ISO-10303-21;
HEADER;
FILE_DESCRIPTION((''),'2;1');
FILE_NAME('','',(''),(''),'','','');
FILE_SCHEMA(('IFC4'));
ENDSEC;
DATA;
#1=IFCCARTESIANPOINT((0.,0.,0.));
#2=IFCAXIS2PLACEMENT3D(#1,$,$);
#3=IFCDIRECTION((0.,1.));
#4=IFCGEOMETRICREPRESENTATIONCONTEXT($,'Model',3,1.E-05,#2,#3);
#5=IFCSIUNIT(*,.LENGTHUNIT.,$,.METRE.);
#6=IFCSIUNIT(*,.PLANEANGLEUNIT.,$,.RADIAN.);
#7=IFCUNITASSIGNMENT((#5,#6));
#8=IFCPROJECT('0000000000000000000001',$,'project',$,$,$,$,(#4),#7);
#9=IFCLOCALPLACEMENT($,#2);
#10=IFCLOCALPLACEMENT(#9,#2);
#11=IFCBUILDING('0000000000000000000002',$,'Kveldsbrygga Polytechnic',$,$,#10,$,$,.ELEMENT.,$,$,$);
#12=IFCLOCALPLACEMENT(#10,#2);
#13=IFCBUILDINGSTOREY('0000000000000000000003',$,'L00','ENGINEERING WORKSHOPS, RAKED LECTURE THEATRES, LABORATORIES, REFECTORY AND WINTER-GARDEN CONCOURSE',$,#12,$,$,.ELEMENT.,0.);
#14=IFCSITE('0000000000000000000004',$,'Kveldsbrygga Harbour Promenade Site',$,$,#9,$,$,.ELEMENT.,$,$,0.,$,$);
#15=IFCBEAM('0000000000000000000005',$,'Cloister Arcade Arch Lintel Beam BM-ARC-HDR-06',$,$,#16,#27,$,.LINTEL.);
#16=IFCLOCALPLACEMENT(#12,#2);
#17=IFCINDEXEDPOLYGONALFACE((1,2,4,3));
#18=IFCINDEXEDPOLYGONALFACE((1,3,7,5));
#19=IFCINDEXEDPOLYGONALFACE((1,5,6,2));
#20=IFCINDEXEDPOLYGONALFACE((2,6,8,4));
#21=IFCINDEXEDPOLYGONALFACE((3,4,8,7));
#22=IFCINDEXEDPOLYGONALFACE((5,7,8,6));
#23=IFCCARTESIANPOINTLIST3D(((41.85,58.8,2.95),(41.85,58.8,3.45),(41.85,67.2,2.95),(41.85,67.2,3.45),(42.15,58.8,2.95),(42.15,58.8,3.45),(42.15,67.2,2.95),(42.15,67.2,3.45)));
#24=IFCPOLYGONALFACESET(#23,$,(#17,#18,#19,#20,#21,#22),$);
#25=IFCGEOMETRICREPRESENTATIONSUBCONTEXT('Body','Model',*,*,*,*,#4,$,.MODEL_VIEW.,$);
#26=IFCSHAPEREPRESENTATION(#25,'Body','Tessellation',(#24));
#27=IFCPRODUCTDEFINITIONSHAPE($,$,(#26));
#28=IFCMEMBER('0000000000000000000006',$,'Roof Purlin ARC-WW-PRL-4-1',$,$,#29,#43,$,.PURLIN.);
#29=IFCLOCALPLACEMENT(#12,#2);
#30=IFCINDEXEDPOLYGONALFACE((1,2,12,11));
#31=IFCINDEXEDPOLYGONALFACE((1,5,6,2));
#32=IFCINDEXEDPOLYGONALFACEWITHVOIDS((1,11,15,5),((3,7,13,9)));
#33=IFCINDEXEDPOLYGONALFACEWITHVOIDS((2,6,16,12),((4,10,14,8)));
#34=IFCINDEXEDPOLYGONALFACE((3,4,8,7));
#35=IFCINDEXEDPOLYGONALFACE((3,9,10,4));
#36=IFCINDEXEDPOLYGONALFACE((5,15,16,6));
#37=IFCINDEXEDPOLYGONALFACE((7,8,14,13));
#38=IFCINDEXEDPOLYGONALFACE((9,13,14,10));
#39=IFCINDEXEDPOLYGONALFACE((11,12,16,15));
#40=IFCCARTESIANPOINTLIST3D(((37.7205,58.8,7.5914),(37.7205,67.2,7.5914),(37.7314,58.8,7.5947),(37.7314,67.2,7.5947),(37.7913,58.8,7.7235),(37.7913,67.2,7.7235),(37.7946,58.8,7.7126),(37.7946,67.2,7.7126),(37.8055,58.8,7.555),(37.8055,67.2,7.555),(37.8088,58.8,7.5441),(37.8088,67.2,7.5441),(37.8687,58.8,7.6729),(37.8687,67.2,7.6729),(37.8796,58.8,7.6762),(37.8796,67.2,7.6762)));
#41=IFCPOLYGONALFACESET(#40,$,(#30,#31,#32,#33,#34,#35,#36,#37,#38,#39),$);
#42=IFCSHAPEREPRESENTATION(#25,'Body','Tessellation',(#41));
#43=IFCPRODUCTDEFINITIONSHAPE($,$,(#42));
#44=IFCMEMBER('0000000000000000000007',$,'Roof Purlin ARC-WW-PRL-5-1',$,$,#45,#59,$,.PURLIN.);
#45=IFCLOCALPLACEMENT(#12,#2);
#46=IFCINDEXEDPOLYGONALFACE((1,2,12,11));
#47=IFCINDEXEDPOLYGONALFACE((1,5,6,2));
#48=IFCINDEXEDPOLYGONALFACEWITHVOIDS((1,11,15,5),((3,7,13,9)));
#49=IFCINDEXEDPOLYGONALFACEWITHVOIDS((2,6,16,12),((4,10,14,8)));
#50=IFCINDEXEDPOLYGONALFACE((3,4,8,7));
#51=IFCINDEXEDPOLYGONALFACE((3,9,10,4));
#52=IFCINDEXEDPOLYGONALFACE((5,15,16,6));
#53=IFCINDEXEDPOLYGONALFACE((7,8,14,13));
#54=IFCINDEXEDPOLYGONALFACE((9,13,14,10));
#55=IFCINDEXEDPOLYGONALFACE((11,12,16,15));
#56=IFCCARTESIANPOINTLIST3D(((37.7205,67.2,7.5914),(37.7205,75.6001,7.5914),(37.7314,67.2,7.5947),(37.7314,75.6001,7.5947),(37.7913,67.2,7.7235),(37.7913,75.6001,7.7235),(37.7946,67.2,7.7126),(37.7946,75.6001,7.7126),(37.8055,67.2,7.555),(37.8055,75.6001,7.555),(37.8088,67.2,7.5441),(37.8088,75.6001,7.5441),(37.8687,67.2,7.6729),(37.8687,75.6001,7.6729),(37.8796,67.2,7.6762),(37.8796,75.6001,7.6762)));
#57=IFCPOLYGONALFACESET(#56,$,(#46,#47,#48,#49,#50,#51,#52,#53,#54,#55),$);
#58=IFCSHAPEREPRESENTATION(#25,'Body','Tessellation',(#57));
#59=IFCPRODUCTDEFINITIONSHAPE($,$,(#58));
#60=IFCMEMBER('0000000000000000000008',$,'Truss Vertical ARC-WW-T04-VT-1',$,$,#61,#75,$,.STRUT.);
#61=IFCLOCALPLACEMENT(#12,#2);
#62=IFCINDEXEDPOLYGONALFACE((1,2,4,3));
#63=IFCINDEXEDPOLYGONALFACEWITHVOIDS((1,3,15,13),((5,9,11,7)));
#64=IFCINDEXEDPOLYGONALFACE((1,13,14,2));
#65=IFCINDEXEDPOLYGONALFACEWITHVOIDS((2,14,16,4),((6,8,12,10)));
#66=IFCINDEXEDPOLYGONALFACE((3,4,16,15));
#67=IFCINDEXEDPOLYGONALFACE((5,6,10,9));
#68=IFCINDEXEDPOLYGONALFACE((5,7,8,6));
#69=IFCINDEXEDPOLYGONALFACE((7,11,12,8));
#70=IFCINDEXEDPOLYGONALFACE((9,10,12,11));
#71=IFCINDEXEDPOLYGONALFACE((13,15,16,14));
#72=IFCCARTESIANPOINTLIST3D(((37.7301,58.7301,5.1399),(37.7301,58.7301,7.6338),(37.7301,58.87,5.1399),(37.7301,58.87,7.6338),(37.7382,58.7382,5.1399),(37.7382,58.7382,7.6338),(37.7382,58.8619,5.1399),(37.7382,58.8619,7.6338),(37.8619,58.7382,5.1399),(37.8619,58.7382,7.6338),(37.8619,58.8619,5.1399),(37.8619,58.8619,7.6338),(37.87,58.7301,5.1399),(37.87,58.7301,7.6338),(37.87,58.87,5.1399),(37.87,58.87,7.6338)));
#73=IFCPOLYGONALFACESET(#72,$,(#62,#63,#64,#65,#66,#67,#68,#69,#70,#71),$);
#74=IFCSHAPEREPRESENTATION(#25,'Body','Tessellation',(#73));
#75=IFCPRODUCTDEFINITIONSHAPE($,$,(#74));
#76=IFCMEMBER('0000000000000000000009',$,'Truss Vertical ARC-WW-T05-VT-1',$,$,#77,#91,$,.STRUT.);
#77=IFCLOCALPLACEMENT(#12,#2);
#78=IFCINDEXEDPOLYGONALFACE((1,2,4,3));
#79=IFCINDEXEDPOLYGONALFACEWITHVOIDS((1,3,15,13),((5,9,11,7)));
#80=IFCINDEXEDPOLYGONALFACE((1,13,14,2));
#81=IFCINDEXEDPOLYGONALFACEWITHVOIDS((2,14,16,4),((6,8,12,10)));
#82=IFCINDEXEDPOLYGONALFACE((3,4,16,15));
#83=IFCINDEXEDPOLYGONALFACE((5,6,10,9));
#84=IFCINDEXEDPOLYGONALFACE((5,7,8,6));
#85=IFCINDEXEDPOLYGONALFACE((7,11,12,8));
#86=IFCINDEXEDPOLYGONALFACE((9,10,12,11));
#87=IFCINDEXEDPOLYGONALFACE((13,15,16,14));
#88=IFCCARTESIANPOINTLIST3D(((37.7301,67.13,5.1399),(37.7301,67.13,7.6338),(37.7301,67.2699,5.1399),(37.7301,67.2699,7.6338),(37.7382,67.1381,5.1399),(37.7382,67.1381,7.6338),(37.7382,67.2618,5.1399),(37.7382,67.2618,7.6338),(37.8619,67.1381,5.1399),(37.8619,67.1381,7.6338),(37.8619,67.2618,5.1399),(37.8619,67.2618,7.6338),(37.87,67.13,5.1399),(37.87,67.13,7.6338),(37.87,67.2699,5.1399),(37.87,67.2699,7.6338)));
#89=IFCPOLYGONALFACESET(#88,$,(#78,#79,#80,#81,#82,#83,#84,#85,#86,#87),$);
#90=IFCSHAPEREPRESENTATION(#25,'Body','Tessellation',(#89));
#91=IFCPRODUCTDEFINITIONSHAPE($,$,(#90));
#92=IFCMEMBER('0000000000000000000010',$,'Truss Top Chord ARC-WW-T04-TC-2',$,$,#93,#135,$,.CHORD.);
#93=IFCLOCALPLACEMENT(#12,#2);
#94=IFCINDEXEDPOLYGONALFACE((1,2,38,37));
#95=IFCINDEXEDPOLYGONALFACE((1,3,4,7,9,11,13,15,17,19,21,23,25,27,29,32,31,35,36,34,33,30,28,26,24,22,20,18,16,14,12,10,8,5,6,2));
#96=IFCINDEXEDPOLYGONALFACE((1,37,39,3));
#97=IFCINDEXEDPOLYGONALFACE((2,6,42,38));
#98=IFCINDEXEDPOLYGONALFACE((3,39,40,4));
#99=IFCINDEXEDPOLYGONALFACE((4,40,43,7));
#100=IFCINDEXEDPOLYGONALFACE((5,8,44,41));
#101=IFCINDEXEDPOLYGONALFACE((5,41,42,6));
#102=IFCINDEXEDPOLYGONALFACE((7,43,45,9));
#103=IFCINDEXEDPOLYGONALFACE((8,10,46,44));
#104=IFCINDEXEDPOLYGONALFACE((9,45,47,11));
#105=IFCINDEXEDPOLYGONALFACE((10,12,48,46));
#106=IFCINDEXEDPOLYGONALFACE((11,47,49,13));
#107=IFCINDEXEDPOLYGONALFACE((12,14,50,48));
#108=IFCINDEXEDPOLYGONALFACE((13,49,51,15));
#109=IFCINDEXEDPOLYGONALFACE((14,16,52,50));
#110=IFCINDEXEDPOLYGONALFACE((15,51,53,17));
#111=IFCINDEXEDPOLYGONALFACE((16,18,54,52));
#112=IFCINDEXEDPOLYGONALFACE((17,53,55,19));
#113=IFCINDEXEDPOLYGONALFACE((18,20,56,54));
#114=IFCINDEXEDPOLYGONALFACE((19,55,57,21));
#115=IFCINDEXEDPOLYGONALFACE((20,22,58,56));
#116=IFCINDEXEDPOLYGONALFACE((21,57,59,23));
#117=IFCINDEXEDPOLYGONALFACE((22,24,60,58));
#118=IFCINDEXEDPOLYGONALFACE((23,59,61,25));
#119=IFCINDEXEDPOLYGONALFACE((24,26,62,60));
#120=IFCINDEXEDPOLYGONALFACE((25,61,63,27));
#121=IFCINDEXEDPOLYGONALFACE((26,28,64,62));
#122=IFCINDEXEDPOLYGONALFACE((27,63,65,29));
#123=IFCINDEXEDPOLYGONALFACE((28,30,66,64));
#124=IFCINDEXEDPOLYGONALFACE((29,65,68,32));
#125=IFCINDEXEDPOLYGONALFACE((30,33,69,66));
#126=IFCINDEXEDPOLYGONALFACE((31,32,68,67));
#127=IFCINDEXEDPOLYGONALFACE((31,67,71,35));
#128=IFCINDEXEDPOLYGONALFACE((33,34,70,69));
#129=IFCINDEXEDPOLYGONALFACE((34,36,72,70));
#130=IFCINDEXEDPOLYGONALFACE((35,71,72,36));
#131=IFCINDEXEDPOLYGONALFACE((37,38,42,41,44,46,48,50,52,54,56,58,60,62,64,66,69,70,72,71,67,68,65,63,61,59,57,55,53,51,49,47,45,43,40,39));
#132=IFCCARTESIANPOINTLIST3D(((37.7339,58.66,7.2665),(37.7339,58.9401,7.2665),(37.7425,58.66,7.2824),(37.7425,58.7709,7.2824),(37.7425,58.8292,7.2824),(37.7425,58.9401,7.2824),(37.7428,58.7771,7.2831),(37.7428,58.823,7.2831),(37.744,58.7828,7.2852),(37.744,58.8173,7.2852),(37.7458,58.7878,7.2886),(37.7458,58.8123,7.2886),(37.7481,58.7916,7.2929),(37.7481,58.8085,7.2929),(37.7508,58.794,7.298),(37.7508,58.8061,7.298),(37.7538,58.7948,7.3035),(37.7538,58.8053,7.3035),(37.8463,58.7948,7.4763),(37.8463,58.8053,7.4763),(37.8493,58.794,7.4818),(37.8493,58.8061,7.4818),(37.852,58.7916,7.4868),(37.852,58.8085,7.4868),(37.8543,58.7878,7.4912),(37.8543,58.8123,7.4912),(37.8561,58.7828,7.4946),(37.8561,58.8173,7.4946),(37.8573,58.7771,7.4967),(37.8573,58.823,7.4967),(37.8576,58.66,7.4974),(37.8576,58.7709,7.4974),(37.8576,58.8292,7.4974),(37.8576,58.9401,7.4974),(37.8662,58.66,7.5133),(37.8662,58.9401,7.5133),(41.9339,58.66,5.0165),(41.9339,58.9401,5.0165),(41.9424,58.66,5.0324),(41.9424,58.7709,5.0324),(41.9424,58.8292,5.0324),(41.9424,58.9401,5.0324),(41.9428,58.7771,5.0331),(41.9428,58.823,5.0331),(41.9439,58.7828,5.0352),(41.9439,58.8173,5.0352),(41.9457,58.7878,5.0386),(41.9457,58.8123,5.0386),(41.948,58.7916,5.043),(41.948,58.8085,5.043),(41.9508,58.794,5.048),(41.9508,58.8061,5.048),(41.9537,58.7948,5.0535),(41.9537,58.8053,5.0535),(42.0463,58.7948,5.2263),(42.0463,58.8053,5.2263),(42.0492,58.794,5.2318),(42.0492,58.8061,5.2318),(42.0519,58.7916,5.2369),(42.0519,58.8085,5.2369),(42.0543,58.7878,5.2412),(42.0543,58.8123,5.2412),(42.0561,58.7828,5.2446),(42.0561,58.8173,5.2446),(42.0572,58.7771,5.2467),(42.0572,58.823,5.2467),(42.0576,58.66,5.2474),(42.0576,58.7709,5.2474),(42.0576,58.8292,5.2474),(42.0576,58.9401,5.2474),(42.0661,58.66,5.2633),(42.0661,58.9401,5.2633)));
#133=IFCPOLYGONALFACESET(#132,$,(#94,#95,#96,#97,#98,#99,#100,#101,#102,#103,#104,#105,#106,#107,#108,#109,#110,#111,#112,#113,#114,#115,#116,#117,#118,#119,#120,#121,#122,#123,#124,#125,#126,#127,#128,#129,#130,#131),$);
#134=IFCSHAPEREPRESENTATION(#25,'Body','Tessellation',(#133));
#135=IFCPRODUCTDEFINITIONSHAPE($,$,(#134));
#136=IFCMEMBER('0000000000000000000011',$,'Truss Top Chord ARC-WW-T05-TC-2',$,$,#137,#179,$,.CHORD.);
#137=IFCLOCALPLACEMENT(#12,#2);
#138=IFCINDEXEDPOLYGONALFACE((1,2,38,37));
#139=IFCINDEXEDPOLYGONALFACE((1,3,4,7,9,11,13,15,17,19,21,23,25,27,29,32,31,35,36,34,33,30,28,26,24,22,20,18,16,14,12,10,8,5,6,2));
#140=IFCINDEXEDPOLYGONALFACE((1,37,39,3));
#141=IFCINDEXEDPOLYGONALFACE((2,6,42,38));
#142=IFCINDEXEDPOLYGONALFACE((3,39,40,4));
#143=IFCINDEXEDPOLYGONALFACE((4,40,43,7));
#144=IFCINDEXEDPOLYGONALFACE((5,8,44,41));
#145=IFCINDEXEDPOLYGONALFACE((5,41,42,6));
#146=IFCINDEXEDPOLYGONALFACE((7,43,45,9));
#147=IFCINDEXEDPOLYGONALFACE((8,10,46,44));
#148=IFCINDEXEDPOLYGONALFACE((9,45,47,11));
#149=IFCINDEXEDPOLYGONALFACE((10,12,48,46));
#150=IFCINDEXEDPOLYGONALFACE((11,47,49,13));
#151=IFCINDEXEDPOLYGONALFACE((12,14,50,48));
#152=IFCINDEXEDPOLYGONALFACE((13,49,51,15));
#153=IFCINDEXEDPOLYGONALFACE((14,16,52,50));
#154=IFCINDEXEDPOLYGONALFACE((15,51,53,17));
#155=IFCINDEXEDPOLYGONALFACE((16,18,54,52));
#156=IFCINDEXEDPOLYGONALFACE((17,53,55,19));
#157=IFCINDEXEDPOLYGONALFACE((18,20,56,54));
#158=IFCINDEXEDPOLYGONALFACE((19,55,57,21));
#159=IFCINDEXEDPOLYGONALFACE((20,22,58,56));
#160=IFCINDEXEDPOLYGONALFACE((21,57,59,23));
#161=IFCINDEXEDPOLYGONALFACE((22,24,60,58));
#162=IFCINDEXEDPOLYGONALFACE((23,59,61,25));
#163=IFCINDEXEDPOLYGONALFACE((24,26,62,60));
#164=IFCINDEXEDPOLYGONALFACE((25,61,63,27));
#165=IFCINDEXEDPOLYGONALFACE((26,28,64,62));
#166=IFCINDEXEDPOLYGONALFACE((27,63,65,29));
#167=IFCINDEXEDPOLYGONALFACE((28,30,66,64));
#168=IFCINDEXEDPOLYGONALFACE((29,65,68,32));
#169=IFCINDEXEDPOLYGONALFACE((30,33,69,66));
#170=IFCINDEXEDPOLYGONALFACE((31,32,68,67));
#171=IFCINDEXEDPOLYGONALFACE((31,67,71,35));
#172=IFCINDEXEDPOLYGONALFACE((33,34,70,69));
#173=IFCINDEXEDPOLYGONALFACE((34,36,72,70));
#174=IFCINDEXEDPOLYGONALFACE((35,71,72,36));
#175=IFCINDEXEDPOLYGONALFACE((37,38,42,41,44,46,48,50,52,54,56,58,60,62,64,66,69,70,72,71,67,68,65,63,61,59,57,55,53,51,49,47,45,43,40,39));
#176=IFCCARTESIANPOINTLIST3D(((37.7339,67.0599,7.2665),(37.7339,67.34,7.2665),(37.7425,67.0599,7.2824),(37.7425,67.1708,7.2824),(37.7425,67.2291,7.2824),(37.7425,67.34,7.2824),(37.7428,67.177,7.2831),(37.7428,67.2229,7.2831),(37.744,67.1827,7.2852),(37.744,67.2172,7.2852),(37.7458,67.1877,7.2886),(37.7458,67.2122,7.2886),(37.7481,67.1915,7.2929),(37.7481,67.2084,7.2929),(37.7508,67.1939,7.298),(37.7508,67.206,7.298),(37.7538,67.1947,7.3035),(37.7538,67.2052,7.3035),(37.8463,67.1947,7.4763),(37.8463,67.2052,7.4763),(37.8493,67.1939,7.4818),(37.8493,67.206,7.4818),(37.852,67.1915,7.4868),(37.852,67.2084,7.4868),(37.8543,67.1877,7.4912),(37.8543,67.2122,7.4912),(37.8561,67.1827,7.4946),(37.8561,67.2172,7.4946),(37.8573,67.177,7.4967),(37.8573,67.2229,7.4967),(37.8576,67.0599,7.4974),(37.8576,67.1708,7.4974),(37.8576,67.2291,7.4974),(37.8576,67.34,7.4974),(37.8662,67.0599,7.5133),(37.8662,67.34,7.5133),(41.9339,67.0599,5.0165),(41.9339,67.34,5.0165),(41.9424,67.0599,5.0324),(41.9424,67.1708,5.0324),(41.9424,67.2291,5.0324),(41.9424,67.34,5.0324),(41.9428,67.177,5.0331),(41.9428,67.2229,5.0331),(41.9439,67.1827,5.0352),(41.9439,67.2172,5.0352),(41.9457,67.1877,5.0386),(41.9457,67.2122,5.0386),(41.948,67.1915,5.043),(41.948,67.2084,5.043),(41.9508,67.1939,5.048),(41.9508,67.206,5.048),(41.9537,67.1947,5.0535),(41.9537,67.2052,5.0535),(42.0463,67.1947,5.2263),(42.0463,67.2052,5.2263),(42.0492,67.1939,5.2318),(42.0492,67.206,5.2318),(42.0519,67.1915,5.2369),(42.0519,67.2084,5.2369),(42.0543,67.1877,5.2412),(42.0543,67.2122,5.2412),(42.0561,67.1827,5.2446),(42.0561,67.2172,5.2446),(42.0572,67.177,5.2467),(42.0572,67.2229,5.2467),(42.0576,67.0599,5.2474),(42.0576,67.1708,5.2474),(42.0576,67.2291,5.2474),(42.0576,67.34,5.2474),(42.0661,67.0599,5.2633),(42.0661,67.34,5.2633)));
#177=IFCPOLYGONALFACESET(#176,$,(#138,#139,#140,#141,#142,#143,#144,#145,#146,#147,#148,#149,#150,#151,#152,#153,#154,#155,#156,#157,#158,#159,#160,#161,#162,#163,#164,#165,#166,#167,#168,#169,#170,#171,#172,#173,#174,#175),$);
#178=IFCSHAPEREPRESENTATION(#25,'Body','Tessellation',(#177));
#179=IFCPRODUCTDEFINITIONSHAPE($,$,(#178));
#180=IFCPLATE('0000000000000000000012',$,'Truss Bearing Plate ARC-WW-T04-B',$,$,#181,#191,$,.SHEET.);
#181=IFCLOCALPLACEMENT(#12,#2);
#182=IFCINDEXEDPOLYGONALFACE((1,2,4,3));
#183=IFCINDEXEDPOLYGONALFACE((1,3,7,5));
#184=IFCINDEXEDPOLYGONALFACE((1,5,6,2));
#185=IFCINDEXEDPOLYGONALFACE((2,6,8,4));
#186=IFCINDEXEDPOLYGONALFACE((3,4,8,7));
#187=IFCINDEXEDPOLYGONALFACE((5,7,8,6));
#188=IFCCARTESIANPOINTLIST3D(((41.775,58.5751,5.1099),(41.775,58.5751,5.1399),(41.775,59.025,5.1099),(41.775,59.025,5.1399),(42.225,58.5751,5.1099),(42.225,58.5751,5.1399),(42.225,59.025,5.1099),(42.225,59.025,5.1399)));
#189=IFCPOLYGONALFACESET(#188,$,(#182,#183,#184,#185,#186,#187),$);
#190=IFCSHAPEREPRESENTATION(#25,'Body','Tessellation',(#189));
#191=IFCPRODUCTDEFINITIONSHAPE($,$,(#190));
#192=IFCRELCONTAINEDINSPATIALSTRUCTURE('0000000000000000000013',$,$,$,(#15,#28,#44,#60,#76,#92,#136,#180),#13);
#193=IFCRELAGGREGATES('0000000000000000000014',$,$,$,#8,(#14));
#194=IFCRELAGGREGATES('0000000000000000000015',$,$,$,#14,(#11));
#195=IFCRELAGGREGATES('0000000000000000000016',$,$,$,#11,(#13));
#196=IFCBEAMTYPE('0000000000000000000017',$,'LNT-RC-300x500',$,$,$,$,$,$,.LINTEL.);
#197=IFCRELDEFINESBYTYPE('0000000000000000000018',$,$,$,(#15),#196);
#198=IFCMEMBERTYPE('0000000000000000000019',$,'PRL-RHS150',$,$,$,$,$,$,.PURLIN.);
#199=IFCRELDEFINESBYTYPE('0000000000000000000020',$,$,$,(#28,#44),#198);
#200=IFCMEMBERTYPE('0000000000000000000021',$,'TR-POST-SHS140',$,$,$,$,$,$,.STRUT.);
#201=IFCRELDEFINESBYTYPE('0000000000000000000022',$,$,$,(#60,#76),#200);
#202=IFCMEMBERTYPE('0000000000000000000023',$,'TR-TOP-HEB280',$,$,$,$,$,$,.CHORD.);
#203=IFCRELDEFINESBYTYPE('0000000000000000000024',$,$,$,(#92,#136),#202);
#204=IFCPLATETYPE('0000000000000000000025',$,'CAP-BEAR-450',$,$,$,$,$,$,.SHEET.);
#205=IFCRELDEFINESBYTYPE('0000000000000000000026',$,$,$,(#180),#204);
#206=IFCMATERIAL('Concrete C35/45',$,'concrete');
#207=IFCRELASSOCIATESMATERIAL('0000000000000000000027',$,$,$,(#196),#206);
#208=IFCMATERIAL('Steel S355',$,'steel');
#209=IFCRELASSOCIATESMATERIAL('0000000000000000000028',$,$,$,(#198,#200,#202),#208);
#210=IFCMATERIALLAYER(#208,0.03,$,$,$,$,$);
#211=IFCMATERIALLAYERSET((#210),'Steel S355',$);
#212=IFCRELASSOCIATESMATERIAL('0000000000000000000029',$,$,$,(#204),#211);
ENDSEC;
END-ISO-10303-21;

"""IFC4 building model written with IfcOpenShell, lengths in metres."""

from ifc_helpers import new_model, si_unit, direction, frame, origin, origin_2d, place, context, subcontext, project, spatial, rectangle, hollow_rectangle, i_section, extrude, material, layer, layer_set, material_profile, profile_set, type_object, element, save


model = new_model("IFC4")

# Units and contexts
model_context = context("Model", 3, precision=1e-05, world=origin(), true_north=direction((0.0, 1.0)))
body_context = subcontext(model_context, "Body", "Model", "MODEL_VIEW")
ifc_project = project(units=[si_unit("LENGTHUNIT", "METRE"), si_unit("PLANEANGLEUNIT", "RADIAN")], contexts=[model_context])

# Site, building, storey
site_placement = place(None, origin())
site = spatial("IfcSite", under=ifc_project, at=site_placement, Name="Kveldsbrygga Harbour Promenade Site", CompositionType="ELEMENT", RefElevation=0.0)
building_placement = place(site_placement, origin())
building = spatial("IfcBuilding", under=site, at=building_placement, Name="Kveldsbrygga Polytechnic", CompositionType="ELEMENT")
storey_placement = place(building_placement, origin())
storey = spatial("IfcBuildingStorey", under=building, at=storey_placement, Name="L00", Description="ENGINEERING WORKSHOPS, RAKED LECTURE THEATRES, LABORATORIES, REFECTORY AND WINTER-GARDEN CONCOURSE", CompositionType="ELEMENT", Elevation=0.0)

# Shared definitions
ifc_material_1 = material(Name="Concrete C35/45", Category="concrete")

# Beam
ifc_material_profile_1 = material_profile(ifc_material_1, rectangle(XDim=0.3, YDim=0.5, at=origin_2d()), Name="RC 300x500")
ifc_profile_set_1 = profile_set([ifc_material_profile_1], Name="Concrete C35/45")
beam_type = type_object("IfcBeamType", Name="LNT-RC-300x500", PredefinedType="LINTEL", material=ifc_profile_set_1)
beam_placement = place(storey_placement, frame((42.0, 58.8, 3.2), z_axis=(0.0, 1.0, 0.0), x_axis=(-1.0, 0.0, 0.0)))
element("IfcBeam", 1, at=beam_placement, inside=storey, type_object=beam_type, Name="Cloister Arcade Arch Lintel Beam BM-ARC-HDR-06", PredefinedType="LINTEL", context=body_context, shape_type="SweptSolid", body=[
    extrude(rectangle(XDim=0.3, YDim=0.5, at=origin_2d()), origin(), (0.0, 0.0, 1.0), 8.3999),
])

# Members
ifc_material_2 = material(Name="Steel S355", Category="steel")
ifc_material_profile_2 = material_profile(ifc_material_2, hollow_rectangle(XDim=0.1001, YDim=0.1499, WallThickness=0.0081, at=origin_2d()), Name="RHS 150x100x8.0")
ifc_profile_set_2 = profile_set([ifc_material_profile_2], Name="Steel S355")
member_type_1 = type_object("IfcMemberType", Name="PRL-RHS150", PredefinedType="PURLIN", material=ifc_profile_set_2)
member_1_placement = place(storey_placement, frame((37.8, 58.8, 7.6338), z_axis=(0.0, 1.0, 0.0), x_axis=(-0.88148, 0.0, 0.472222)))
element("IfcMember", 2, at=member_1_placement, inside=storey, type_object=member_type_1, Name="Roof Purlin ARC-WW-PRL-4-1", PredefinedType="PURLIN", context=body_context, shape_type="SweptSolid", body=[
    extrude(hollow_rectangle(XDim=0.1001, YDim=0.1499, WallThickness=0.0081, at=origin_2d()), origin(), (0.0, 0.0, 1.0), 8.3999),
])
member_2_placement = place(storey_placement, frame((37.8, 67.2, 7.6338), z_axis=(0.0, 1.0, 0.0), x_axis=(-0.88148, 0.0, 0.472222)))
element("IfcMember", 3, at=member_2_placement, inside=storey, type_object=member_type_1, Name="Roof Purlin ARC-WW-PRL-5-1", PredefinedType="PURLIN", context=body_context, shape_type="SweptSolid", body=[
    extrude(hollow_rectangle(XDim=0.1001, YDim=0.1499, WallThickness=0.0081, at=origin_2d()), origin(), (0.0, 0.0, 1.0), 8.4001),
])
ifc_material_profile_3 = material_profile(ifc_material_2, hollow_rectangle(XDim=0.1399, YDim=0.1399, WallThickness=0.0081, at=origin_2d()), Name="SHS 140x140x8.0")
ifc_profile_set_3 = profile_set([ifc_material_profile_3], Name="Steel S355")
member_type_2 = type_object("IfcMemberType", Name="TR-POST-SHS140", PredefinedType="STRUT", material=ifc_profile_set_3)
for number, where, z_axis, x_axis, name in (
    (4, (37.8, 58.8, 5.1399), (0.0, 0.0, 1.0), (1.0, 0.0, 0.0), "Truss Vertical ARC-WW-T04-VT-1"),
    (5, (37.8, 67.2, 5.1399), (0.0, 0.0, 1.0), (1.0, 0.0, 0.0), "Truss Vertical ARC-WW-T05-VT-1"),
):
    element("IfcMember", number, at=place(storey_placement, frame(where, z_axis=z_axis, x_axis=x_axis)), inside=storey, type_object=member_type_2, Name=name, PredefinedType="STRUT", context=body_context, shape_type="SweptSolid", body=[
        extrude(hollow_rectangle(XDim=0.1399, YDim=0.1399, WallThickness=0.0081, at=origin_2d()), origin(), (0.0, 0.0, 1.0), 2.4939),
    ])
ifc_material_profile_4 = material_profile(ifc_material_2, i_section(OverallWidth=0.28, OverallDepth=0.28, WebThickness=0.0105, FlangeThickness=0.0181, FilletRadius=0.0239, at=origin_2d()), Name="HEB 280")
ifc_profile_set_4 = profile_set([ifc_material_profile_4], Name="Steel S355")
member_type_3 = type_object("IfcMemberType", Name="TR-TOP-HEB280", PredefinedType="CHORD", material=ifc_profile_set_4)
for number, where, z_axis, x_axis, name in (
    (6, (37.8, 58.8, 7.3899), (0.881478, 0.0, -0.472226), (0.0, 1.0, 0.0), "Truss Top Chord ARC-WW-T04-TC-2"),
    (7, (37.8, 67.2, 7.3899), (0.881478, 0.0, -0.472226), (0.0, 1.0, 0.0), "Truss Top Chord ARC-WW-T05-TC-2"),
):
    element("IfcMember", number, at=place(storey_placement, frame(where, z_axis=z_axis, x_axis=x_axis)), inside=storey, type_object=member_type_3, Name=name, PredefinedType="CHORD", context=body_context, shape_type="SweptSolid", body=[
        extrude(i_section(OverallWidth=0.28, OverallDepth=0.28, WebThickness=0.0105, FlangeThickness=0.0181, FilletRadius=0.0239, at=origin_2d()), origin(), (0.0, 0.0, 1.0), 4.7646),
    ])

# Plate
ifc_layer_1 = layer(ifc_material_2, 0.03)
ifc_layer_set_1 = layer_set([ifc_layer_1], Name="Steel S355")
plate_type_1 = type_object("IfcPlateType", Name="CAP-BEAR-450", PredefinedType="SHEET", material=ifc_layer_set_1)
plate_placement = place(storey_placement, frame((42.0, 58.8, 5.1099), z_axis=(0.0, 0.0, 1.0), x_axis=(1.0, 0.0, 0.0)))
element("IfcPlate", 8, at=plate_placement, inside=storey, type_object=plate_type_1, Name="Truss Bearing Plate ARC-WW-T04-B", PredefinedType="SHEET", context=body_context, shape_type="SweptSolid", body=[
    extrude(rectangle(XDim=0.45, YDim=0.45, at=origin_2d()), origin(), (0.0, 0.0, 1.0), 0.03),
])

save(model, "model.ifc")
